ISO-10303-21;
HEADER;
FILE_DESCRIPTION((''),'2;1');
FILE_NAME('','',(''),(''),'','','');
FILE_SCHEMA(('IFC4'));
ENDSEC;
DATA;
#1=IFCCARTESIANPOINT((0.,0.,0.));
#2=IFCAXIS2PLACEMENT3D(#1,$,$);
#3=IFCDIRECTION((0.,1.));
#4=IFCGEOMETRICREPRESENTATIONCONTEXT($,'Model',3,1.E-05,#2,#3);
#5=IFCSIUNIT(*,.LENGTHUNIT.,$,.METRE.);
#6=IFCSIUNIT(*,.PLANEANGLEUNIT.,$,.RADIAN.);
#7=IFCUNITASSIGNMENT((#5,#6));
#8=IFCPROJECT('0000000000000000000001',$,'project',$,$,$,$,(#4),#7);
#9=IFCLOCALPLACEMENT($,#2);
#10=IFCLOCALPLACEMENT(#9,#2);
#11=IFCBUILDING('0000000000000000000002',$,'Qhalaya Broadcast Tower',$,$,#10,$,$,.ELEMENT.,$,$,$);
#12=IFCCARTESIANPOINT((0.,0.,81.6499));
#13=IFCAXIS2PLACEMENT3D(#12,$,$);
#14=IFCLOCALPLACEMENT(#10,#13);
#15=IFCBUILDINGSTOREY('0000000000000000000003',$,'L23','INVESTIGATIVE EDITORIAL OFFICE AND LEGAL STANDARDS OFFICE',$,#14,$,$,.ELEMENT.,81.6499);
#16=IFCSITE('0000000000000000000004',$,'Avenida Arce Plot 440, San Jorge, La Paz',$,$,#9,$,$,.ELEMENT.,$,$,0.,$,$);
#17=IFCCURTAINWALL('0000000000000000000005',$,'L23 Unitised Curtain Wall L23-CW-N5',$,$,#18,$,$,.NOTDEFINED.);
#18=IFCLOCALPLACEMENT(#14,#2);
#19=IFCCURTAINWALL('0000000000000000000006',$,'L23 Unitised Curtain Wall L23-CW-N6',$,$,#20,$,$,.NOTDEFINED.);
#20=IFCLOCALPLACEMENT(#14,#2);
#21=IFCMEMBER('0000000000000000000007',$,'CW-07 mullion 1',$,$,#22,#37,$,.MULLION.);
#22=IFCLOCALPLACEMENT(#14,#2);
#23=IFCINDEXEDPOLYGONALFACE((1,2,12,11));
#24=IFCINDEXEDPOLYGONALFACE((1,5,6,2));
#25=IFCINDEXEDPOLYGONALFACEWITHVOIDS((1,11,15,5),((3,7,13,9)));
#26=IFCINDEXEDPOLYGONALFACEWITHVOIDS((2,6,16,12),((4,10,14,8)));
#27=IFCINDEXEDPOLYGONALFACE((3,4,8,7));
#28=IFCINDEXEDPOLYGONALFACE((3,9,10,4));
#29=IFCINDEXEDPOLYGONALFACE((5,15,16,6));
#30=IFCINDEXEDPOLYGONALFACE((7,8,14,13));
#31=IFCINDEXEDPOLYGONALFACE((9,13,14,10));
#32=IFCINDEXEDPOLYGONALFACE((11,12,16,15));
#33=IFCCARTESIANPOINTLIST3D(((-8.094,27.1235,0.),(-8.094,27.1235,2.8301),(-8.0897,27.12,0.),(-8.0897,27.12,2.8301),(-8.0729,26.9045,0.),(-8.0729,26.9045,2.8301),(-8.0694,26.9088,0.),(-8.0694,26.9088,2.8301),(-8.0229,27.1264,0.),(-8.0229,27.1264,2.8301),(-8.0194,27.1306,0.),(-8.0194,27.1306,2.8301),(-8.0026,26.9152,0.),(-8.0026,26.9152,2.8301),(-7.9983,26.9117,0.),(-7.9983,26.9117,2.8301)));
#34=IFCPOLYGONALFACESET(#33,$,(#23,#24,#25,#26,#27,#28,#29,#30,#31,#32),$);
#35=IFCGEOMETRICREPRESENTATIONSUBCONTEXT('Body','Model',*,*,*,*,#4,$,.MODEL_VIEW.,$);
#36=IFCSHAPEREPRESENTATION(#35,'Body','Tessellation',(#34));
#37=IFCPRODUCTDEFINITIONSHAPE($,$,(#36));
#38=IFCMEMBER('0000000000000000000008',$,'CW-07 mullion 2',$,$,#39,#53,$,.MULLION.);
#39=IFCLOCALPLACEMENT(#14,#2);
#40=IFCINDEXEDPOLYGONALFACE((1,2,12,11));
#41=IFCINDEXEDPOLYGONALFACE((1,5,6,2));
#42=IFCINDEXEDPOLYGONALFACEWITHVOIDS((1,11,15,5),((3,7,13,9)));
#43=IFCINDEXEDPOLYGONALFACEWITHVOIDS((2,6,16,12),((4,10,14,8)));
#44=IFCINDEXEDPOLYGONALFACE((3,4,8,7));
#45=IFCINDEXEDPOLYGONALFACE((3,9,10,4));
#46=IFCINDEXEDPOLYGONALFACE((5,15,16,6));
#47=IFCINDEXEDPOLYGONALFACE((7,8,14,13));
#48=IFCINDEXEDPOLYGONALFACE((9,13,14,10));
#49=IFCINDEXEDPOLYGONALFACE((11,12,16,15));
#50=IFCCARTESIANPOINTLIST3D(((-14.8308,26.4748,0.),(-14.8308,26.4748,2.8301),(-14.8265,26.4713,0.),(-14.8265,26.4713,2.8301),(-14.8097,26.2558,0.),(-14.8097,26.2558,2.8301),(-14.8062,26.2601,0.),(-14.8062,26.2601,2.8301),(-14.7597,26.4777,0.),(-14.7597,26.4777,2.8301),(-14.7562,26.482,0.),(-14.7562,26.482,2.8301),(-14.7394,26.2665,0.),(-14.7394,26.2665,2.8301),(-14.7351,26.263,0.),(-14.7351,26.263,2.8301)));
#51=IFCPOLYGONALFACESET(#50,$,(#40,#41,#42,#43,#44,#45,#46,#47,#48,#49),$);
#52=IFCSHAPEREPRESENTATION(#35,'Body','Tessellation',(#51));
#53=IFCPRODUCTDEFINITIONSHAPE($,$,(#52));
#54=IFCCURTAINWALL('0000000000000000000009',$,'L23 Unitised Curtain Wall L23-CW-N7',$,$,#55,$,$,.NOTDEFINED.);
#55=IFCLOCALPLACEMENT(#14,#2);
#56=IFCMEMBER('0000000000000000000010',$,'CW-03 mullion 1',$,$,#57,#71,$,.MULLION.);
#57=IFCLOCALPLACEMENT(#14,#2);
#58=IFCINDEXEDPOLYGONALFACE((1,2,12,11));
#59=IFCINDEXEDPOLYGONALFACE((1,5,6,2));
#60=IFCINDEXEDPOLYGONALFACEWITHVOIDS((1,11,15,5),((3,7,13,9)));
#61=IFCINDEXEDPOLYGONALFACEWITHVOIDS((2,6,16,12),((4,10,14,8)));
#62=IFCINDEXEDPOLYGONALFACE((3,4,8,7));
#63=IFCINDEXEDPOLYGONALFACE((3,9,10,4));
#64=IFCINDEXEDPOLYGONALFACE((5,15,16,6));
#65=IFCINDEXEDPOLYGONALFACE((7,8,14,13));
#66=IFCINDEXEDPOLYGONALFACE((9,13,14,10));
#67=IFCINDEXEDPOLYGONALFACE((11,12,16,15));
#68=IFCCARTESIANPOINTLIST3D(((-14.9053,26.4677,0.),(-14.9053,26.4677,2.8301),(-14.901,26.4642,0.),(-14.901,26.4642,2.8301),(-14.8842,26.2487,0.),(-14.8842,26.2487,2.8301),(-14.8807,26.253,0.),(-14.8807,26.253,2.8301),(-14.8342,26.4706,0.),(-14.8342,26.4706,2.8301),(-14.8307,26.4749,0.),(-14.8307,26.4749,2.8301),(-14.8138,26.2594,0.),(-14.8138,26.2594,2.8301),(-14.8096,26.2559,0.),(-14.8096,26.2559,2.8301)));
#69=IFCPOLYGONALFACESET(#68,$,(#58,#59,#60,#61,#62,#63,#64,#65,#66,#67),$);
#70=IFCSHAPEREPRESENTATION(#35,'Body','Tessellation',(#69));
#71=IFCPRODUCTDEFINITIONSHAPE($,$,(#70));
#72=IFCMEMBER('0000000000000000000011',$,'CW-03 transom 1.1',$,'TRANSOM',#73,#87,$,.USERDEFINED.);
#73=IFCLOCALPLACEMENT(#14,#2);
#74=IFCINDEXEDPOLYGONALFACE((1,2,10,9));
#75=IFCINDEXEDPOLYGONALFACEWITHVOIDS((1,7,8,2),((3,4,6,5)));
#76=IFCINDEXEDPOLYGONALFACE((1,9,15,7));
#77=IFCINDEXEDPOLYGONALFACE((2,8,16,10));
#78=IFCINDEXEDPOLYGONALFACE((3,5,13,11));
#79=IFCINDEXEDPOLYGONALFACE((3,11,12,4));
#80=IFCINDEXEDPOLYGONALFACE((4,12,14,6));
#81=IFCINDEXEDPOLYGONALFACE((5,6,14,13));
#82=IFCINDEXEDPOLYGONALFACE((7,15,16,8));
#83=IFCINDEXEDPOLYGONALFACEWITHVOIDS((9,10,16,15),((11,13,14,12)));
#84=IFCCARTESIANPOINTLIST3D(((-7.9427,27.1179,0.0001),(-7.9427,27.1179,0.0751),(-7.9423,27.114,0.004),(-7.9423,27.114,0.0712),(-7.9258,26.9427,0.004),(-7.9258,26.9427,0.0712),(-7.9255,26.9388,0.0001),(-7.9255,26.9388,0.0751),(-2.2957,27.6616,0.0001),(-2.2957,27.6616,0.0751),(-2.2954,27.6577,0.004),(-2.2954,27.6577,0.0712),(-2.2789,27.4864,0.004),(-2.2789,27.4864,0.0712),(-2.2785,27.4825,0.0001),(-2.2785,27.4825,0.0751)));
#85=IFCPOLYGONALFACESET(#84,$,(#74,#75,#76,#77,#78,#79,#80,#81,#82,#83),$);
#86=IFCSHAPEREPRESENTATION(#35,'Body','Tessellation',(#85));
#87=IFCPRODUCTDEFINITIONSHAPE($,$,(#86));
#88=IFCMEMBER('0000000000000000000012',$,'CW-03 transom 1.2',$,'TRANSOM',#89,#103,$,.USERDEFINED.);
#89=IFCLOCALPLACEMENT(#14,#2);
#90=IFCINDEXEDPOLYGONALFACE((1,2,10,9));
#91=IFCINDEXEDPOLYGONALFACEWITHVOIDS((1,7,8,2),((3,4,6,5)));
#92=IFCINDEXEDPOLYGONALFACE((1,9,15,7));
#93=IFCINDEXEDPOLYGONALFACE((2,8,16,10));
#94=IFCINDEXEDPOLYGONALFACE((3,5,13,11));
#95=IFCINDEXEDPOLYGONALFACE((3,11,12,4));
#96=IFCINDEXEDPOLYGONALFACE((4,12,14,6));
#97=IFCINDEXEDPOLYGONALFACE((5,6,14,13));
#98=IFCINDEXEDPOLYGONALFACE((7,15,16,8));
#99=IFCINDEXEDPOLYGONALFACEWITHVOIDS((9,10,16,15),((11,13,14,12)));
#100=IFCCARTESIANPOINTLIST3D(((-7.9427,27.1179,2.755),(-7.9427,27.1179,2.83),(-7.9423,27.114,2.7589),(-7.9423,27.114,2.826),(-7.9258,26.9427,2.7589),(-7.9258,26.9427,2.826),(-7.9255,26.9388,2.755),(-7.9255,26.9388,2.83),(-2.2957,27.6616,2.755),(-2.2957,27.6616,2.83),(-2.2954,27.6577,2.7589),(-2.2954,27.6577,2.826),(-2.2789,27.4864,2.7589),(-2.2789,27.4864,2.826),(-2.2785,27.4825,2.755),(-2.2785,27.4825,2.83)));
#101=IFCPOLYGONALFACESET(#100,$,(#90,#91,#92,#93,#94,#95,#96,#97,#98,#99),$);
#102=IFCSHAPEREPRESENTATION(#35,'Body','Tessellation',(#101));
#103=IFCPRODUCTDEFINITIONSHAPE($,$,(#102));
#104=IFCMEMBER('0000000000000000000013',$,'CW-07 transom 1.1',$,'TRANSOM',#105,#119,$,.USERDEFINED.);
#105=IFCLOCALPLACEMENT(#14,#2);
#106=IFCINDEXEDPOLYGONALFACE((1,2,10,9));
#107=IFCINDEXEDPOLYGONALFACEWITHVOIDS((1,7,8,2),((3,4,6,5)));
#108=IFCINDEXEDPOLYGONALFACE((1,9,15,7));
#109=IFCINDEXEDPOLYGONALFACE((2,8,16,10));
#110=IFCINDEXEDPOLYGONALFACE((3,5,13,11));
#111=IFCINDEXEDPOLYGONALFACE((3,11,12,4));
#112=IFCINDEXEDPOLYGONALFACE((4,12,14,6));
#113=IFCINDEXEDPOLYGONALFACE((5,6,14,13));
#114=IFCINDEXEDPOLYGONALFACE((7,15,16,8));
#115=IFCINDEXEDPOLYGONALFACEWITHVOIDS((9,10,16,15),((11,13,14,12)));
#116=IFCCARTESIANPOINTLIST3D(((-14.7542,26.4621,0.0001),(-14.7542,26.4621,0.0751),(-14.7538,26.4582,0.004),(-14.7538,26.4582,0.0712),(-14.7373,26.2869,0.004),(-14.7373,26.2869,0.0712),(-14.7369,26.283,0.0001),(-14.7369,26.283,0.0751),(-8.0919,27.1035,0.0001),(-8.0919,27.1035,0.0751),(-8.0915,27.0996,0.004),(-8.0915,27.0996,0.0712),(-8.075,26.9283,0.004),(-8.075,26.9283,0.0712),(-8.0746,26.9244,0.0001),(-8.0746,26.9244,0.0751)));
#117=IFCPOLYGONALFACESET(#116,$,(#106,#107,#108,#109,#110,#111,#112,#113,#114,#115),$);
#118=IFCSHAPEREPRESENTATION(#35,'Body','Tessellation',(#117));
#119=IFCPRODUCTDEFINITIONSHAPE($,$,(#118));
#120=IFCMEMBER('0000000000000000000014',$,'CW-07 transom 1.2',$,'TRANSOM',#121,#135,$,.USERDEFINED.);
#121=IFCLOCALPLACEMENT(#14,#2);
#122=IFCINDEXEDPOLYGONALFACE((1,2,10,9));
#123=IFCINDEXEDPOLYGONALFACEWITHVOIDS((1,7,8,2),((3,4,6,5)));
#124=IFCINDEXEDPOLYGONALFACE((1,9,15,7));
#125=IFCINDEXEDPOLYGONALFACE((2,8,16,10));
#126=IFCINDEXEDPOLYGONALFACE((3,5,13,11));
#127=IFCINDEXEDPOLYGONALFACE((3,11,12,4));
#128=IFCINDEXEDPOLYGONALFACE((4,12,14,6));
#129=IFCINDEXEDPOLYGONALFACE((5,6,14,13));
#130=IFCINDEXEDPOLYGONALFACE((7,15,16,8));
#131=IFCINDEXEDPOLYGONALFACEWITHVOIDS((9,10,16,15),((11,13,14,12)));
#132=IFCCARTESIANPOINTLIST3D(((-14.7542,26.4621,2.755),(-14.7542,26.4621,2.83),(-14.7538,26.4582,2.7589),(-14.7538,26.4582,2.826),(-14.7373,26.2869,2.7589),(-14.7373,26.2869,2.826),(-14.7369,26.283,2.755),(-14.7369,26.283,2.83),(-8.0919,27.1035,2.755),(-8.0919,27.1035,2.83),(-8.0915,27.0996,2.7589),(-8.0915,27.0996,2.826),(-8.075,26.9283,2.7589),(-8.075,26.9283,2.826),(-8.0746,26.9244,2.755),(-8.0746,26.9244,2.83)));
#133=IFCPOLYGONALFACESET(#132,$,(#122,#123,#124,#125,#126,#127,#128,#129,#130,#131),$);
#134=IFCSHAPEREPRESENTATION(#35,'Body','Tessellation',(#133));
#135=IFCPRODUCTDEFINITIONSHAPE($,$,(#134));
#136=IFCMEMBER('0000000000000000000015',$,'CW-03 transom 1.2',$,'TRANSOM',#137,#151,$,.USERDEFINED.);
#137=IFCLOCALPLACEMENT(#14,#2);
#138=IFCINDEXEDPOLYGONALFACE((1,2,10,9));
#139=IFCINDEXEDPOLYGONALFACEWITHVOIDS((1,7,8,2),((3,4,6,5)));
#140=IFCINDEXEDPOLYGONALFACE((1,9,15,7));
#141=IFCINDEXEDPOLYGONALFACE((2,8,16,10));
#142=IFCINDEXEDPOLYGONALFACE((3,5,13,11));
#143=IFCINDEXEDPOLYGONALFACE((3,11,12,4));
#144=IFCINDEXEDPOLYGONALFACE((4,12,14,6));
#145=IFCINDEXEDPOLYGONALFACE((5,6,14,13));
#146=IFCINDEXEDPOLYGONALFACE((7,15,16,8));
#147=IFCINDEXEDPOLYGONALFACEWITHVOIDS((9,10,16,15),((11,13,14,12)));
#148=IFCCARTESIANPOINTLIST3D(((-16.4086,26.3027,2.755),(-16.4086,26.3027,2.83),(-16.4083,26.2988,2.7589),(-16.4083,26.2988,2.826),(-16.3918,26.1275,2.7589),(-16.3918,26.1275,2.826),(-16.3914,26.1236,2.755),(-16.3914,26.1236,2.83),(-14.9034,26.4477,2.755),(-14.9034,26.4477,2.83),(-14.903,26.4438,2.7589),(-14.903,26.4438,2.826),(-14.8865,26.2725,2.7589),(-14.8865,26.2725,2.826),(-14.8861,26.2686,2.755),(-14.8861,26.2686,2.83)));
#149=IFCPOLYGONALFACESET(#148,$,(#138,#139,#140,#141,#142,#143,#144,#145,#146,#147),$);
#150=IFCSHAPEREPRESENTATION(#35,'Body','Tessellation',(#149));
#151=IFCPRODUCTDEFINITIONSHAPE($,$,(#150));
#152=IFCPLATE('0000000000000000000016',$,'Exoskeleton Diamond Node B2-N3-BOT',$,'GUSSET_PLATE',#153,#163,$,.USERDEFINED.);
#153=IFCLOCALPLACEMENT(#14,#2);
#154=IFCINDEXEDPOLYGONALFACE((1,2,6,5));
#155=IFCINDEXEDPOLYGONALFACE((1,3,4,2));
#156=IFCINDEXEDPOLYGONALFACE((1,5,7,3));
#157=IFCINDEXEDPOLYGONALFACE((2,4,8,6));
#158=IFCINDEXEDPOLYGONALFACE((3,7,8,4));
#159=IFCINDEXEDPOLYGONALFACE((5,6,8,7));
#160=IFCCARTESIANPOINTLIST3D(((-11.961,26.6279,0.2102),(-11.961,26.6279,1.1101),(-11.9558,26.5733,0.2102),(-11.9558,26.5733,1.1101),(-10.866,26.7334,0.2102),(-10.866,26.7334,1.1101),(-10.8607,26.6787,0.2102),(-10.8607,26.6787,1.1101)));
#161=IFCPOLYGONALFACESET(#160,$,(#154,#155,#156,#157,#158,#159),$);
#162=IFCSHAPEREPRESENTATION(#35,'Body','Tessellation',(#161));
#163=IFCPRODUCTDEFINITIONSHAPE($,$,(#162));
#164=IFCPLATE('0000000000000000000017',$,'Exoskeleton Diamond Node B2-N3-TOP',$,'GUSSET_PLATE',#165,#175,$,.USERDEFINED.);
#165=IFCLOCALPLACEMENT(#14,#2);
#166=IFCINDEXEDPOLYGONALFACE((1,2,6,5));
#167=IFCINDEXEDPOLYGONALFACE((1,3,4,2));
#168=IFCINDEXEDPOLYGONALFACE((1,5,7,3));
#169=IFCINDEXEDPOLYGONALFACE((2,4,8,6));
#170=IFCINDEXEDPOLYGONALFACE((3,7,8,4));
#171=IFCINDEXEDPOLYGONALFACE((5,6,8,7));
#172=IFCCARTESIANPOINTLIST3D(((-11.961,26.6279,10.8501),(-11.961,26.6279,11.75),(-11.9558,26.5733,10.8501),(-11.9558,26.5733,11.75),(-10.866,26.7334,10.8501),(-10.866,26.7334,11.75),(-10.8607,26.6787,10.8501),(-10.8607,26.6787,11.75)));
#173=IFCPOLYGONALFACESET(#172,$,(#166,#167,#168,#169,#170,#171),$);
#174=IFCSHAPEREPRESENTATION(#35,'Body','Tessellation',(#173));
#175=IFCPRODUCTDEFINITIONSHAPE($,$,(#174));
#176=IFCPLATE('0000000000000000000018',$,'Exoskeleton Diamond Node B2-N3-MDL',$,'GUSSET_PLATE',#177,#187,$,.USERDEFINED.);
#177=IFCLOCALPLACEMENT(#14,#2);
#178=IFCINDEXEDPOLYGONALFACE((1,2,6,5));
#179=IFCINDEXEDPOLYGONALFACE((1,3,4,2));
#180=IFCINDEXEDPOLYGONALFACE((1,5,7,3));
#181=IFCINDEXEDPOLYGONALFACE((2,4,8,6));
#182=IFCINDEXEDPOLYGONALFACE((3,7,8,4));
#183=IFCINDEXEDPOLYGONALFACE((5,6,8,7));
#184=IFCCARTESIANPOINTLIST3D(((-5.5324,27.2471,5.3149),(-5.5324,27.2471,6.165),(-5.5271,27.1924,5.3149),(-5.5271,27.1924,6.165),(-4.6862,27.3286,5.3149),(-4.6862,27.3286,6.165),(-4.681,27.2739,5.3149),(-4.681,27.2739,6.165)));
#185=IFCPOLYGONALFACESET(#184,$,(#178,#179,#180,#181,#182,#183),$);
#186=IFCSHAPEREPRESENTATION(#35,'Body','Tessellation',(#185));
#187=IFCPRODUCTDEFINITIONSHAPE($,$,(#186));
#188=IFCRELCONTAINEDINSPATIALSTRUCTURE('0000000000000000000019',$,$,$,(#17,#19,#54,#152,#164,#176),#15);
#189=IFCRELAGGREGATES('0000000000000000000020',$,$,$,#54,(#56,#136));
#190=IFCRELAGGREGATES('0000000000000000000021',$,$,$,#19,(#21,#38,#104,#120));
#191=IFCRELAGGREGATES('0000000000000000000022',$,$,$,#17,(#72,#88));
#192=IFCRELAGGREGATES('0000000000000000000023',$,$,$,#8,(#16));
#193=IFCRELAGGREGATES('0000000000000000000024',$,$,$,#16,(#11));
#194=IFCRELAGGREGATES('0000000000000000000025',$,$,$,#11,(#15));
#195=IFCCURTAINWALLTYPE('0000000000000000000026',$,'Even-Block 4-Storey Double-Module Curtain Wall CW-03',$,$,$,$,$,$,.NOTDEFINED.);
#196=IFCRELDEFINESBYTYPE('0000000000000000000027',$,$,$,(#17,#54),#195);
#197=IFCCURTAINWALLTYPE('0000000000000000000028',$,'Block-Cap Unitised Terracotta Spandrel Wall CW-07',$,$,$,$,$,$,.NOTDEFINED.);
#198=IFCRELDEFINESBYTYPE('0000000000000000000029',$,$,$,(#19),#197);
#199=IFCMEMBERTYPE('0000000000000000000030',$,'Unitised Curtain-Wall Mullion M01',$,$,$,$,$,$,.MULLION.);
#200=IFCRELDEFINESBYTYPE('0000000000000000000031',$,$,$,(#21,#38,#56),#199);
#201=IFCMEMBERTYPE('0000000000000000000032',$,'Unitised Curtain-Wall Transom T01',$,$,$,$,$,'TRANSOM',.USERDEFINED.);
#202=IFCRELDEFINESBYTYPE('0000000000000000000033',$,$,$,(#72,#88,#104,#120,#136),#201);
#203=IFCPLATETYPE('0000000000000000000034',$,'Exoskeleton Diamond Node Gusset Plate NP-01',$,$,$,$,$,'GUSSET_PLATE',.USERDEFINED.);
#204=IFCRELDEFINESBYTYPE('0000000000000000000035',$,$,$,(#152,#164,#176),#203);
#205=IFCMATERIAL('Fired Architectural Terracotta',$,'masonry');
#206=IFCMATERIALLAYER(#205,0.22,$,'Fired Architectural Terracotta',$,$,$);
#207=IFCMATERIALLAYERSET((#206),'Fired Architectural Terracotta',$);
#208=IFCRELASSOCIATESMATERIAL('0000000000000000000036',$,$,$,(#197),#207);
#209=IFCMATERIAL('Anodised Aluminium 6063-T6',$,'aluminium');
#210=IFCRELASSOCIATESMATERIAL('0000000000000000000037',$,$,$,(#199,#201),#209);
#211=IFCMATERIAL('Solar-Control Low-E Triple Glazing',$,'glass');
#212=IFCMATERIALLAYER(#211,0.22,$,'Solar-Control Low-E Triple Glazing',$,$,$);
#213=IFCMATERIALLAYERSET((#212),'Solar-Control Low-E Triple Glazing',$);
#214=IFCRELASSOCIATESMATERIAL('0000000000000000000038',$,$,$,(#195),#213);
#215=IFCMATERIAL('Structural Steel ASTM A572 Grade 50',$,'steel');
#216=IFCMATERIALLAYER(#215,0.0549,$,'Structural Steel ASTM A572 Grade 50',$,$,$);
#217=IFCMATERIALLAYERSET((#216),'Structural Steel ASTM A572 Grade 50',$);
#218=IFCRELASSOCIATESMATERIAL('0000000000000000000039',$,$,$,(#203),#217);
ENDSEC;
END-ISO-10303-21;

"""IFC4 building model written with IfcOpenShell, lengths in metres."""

from ifc_helpers import new_model, si_unit, direction, frame, origin, origin_2d, place, context, subcontext, project, spatial, rectangle, hollow_rectangle, extrude, material, layer, layer_set, material_profile, profile_set, type_object, element, aggregate, save


model = new_model("IFC4")

# Units and contexts
model_context = context("Model", 3, precision=1e-05, world=origin(), true_north=direction((0.0, 1.0)))
body_context = subcontext(model_context, "Body", "Model", "MODEL_VIEW")
ifc_project = project(units=[si_unit("LENGTHUNIT", "METRE"), si_unit("PLANEANGLEUNIT", "RADIAN")], contexts=[model_context])

# Site, building, storey
site_placement = place(None, origin())
site = spatial("IfcSite", under=ifc_project, at=site_placement, Name="Avenida Arce Plot 440, San Jorge, La Paz", CompositionType="ELEMENT", RefElevation=0.0)
building_placement = place(site_placement, origin())
building = spatial("IfcBuilding", under=site, at=building_placement, Name="Qhalaya Broadcast Tower", CompositionType="ELEMENT")
storey_placement = place(building_placement, frame((0.0, 0.0, 81.6499)))
storey = spatial("IfcBuildingStorey", under=building, at=storey_placement, Name="L23", Description="INVESTIGATIVE EDITORIAL OFFICE AND LEGAL STANDARDS OFFICE", CompositionType="ELEMENT", Elevation=81.6499)

# Shared definitions
ifc_material_1 = material(Name="Structural Steel ASTM A572 Grade 50", Category="steel")

# Shared definitions
ifc_material_2 = material(Name="Fired Architectural Terracotta", Category="masonry")
ifc_layer_1 = layer(ifc_material_2, 0.22, Name="Fired Architectural Terracotta")
ifc_layer_set_1 = layer_set([ifc_layer_1], Name="Fired Architectural Terracotta")
curtain_wall_type_1 = type_object("IfcCurtainWallType", Name="Block-Cap Unitised Terracotta Spandrel Wall CW-07", PredefinedType="NOTDEFINED", material=ifc_layer_set_1)
ifc_material_3 = material(Name="Anodised Aluminium 6063-T6", Category="aluminium")
ifc_material_profile_1 = material_profile(ifc_material_3, hollow_rectangle(XDim=0.075, YDim=0.22, WallThickness=0.0039, at=origin_2d()), Name="ALU-MUL 75x220x4")
ifc_profile_set_1 = profile_set([ifc_material_profile_1], Name="Anodised Aluminium 6063-T6")
member_type_1 = type_object("IfcMemberType", Name="Unitised Curtain-Wall Mullion M01", PredefinedType="MULLION", material=ifc_profile_set_1)

# Curtain walls, members
ifc_material_4 = material(Name="Solar-Control Low-E Triple Glazing", Category="glass")
ifc_layer_2 = layer(ifc_material_4, 0.22, Name="Solar-Control Low-E Triple Glazing")
ifc_layer_set_2 = layer_set([ifc_layer_2], Name="Solar-Control Low-E Triple Glazing")
curtain_wall_type_2 = type_object("IfcCurtainWallType", Name="Even-Block 4-Storey Double-Module Curtain Wall CW-03", PredefinedType="NOTDEFINED", material=ifc_layer_set_2)
curtain_wall_1_placement = place(storey_placement, origin())
curtain_wall_1 = element("IfcCurtainWall", 1, at=curtain_wall_1_placement, inside=storey, type_object=curtain_wall_type_2, Name="L23 Unitised Curtain Wall L23-CW-N5", PredefinedType="NOTDEFINED")
curtain_wall_2_placement = place(storey_placement, origin())
curtain_wall_2 = element("IfcCurtainWall", 2, at=curtain_wall_2_placement, inside=storey, type_object=curtain_wall_type_1, Name="L23 Unitised Curtain Wall L23-CW-N6", PredefinedType="NOTDEFINED")
member_1_placement = place(storey_placement, frame((-8.0461, 27.0176, 0.0), z_axis=(0.0, 0.0, 1.0), x_axis=(-0.995396, -0.09585, 0.0)))
member_1 = element("IfcMember", 3, at=member_1_placement, type_object=member_type_1, Name="CW-07 mullion 1", PredefinedType="MULLION", context=body_context, shape_type="SweptSolid", body=[
    extrude(hollow_rectangle(XDim=0.075, YDim=0.22, WallThickness=0.0039, at=origin_2d()), origin(), (0.0, 0.0, 1.0), 2.8301),
])
member_2_placement = place(storey_placement, frame((-14.783, 26.3689, 0.0), z_axis=(0.0, 0.0, 1.0), x_axis=(-0.995396, -0.09585, 0.0)))
member_2 = element("IfcMember", 4, at=member_2_placement, type_object=member_type_1, Name="CW-07 mullion 2", PredefinedType="MULLION", context=body_context, shape_type="SweptSolid", body=[
    extrude(hollow_rectangle(XDim=0.075, YDim=0.22, WallThickness=0.0039, at=origin_2d()), origin(), (0.0, 0.0, 1.0), 2.8301),
])

# Curtain wall, member
curtain_wall_3_placement = place(storey_placement, origin())
curtain_wall_3 = element("IfcCurtainWall", 5, at=curtain_wall_3_placement, inside=storey, type_object=curtain_wall_type_2, Name="L23 Unitised Curtain Wall L23-CW-N7", PredefinedType="NOTDEFINED")
member_3_placement = place(storey_placement, frame((-14.8574, 26.3618, 0.0), z_axis=(0.0, 0.0, 1.0), x_axis=(-0.995396, -0.095845, 0.0)))
member_3 = element("IfcMember", 6, at=member_3_placement, type_object=member_type_1, Name="CW-03 mullion 1", PredefinedType="MULLION", context=body_context, shape_type="SweptSolid", body=[
    extrude(hollow_rectangle(XDim=0.075, YDim=0.22, WallThickness=0.0039, at=origin_2d()), origin(), (0.0, 0.0, 1.0), 2.8301),
])

# Members
ifc_material_profile_2 = material_profile(ifc_material_3, hollow_rectangle(XDim=0.075, YDim=0.1799, WallThickness=0.0039, at=origin_2d()), Name="ALU-TRN 75x180x4")
ifc_profile_set_2 = profile_set([ifc_material_profile_2], Name="Anodised Aluminium 6063-T6")
member_type_2 = type_object("IfcMemberType", Name="Unitised Curtain-Wall Transom T01", ElementType="TRANSOM", PredefinedType="USERDEFINED", material=ifc_profile_set_2)
member_4_placement = place(storey_placement, frame((-2.2871, 27.572, 0.0376), z_axis=(-0.995397, -0.095839, 0.0), x_axis=(0.0, 0.0, 1.0)))
member_4 = element("IfcMember", 7, at=member_4_placement, type_object=member_type_2, Name="CW-03 transom 1.1", ObjectType="TRANSOM", PredefinedType="USERDEFINED", context=body_context, shape_type="SweptSolid", body=[
    extrude(hollow_rectangle(XDim=0.075, YDim=0.1799, WallThickness=0.0039, at=origin_2d()), origin(), (0.0, 0.0, 1.0), 5.6731),
])
member_5_placement = place(storey_placement, frame((-2.2871, 27.572, 2.7925), z_axis=(-0.995397, -0.095839, 0.0), x_axis=(0.0, 0.0, 1.0)))
member_5 = element("IfcMember", 8, at=member_5_placement, type_object=member_type_2, Name="CW-03 transom 1.2", ObjectType="TRANSOM", PredefinedType="USERDEFINED", context=body_context, shape_type="SweptSolid", body=[
    extrude(hollow_rectangle(XDim=0.075, YDim=0.1799, WallThickness=0.0039, at=origin_2d()), origin(), (0.0, 0.0, 1.0), 5.6731),
])
member_6_placement = place(storey_placement, frame((-8.0833, 27.0139, 0.0376), z_axis=(-0.995398, -0.095823, 0.0), x_axis=(0.0, 0.0, 1.0)))
member_6 = element("IfcMember", 9, at=member_6_placement, type_object=member_type_2, Name="CW-07 transom 1.1", ObjectType="TRANSOM", PredefinedType="USERDEFINED", context=body_context, shape_type="SweptSolid", body=[
    extrude(hollow_rectangle(XDim=0.075, YDim=0.1799, WallThickness=0.0039, at=origin_2d()), origin(), (0.0, 0.0, 1.0), 6.6931),
])
member_7_placement = place(storey_placement, frame((-8.0833, 27.0139, 2.7925), z_axis=(-0.995398, -0.095823, 0.0), x_axis=(0.0, 0.0, 1.0)))
member_7 = element("IfcMember", 10, at=member_7_placement, type_object=member_type_2, Name="CW-07 transom 1.2", ObjectType="TRANSOM", PredefinedType="USERDEFINED", context=body_context, shape_type="SweptSolid", body=[
    extrude(hollow_rectangle(XDim=0.075, YDim=0.1799, WallThickness=0.0039, at=origin_2d()), origin(), (0.0, 0.0, 1.0), 6.6931),
])
member_8_placement = place(storey_placement, frame((-14.8948, 26.3582, 2.7925), z_axis=(-0.99539, -0.095906, 0.0), x_axis=(0.0, 0.0, 1.0)))
member_8 = element("IfcMember", 11, at=member_8_placement, type_object=member_type_2, Name="CW-03 transom 1.2", ObjectType="TRANSOM", PredefinedType="USERDEFINED", context=body_context, shape_type="SweptSolid", body=[
    extrude(hollow_rectangle(XDim=0.075, YDim=0.1799, WallThickness=0.0039, at=origin_2d()), origin(), (0.0, 0.0, 1.0), 1.5122),
])
aggregate(curtain_wall_3, [member_3, member_8])

# Plates
ifc_layer_3 = layer(ifc_material_1, 0.0549, Name="Structural Steel ASTM A572 Grade 50")
ifc_layer_set_3 = layer_set([ifc_layer_3], Name="Structural Steel ASTM A572 Grade 50")
plate_type_1 = type_object("IfcPlateType", Name="Exoskeleton Diamond Node Gusset Plate NP-01", ElementType="GUSSET_PLATE", PredefinedType="USERDEFINED", material=ifc_layer_set_3)
for number, where, z_axis, x_axis, name in (
    (12, (-11.4109, 26.6533, 0.2102), (0.0, 0.0, 1.0), (0.995396, 0.095846, 0.0), "Exoskeleton Diamond Node B2-N3-BOT"),
    (13, (-11.4109, 26.6533, 10.8501), (0.0, 0.0, 1.0), (0.995396, 0.095846, 0.0), "Exoskeleton Diamond Node B2-N3-TOP"),
):
    element("IfcPlate", number, at=place(storey_placement, frame(where, z_axis=z_axis, x_axis=x_axis)), inside=storey, type_object=plate_type_1, Name=name, ObjectType="GUSSET_PLATE", PredefinedType="USERDEFINED", context=body_context, shape_type="SweptSolid", body=[
        extrude(rectangle(XDim=1.1001, YDim=0.0549, at=origin_2d()), origin(), (0.0, 0.0, 1.0), 0.8999),
    ])
plate_1_placement = place(storey_placement, frame((-5.1067, 27.2605, 5.3149), z_axis=(0.0, 0.0, 1.0), x_axis=(0.995396, 0.095846, 0.0)))
element("IfcPlate", 14, at=plate_1_placement, inside=storey, type_object=plate_type_1, Name="Exoskeleton Diamond Node B2-N3-MDL", ObjectType="GUSSET_PLATE", PredefinedType="USERDEFINED", context=body_context, shape_type="SweptSolid", body=[
    extrude(rectangle(XDim=0.8501, YDim=0.0549, at=origin_2d()), origin(), (0.0, 0.0, 1.0), 0.8501),
])

aggregate(curtain_wall_2, [member_1, member_2, member_6, member_7])
aggregate(curtain_wall_1, [member_4, member_5])

save(model, "model.ifc")
